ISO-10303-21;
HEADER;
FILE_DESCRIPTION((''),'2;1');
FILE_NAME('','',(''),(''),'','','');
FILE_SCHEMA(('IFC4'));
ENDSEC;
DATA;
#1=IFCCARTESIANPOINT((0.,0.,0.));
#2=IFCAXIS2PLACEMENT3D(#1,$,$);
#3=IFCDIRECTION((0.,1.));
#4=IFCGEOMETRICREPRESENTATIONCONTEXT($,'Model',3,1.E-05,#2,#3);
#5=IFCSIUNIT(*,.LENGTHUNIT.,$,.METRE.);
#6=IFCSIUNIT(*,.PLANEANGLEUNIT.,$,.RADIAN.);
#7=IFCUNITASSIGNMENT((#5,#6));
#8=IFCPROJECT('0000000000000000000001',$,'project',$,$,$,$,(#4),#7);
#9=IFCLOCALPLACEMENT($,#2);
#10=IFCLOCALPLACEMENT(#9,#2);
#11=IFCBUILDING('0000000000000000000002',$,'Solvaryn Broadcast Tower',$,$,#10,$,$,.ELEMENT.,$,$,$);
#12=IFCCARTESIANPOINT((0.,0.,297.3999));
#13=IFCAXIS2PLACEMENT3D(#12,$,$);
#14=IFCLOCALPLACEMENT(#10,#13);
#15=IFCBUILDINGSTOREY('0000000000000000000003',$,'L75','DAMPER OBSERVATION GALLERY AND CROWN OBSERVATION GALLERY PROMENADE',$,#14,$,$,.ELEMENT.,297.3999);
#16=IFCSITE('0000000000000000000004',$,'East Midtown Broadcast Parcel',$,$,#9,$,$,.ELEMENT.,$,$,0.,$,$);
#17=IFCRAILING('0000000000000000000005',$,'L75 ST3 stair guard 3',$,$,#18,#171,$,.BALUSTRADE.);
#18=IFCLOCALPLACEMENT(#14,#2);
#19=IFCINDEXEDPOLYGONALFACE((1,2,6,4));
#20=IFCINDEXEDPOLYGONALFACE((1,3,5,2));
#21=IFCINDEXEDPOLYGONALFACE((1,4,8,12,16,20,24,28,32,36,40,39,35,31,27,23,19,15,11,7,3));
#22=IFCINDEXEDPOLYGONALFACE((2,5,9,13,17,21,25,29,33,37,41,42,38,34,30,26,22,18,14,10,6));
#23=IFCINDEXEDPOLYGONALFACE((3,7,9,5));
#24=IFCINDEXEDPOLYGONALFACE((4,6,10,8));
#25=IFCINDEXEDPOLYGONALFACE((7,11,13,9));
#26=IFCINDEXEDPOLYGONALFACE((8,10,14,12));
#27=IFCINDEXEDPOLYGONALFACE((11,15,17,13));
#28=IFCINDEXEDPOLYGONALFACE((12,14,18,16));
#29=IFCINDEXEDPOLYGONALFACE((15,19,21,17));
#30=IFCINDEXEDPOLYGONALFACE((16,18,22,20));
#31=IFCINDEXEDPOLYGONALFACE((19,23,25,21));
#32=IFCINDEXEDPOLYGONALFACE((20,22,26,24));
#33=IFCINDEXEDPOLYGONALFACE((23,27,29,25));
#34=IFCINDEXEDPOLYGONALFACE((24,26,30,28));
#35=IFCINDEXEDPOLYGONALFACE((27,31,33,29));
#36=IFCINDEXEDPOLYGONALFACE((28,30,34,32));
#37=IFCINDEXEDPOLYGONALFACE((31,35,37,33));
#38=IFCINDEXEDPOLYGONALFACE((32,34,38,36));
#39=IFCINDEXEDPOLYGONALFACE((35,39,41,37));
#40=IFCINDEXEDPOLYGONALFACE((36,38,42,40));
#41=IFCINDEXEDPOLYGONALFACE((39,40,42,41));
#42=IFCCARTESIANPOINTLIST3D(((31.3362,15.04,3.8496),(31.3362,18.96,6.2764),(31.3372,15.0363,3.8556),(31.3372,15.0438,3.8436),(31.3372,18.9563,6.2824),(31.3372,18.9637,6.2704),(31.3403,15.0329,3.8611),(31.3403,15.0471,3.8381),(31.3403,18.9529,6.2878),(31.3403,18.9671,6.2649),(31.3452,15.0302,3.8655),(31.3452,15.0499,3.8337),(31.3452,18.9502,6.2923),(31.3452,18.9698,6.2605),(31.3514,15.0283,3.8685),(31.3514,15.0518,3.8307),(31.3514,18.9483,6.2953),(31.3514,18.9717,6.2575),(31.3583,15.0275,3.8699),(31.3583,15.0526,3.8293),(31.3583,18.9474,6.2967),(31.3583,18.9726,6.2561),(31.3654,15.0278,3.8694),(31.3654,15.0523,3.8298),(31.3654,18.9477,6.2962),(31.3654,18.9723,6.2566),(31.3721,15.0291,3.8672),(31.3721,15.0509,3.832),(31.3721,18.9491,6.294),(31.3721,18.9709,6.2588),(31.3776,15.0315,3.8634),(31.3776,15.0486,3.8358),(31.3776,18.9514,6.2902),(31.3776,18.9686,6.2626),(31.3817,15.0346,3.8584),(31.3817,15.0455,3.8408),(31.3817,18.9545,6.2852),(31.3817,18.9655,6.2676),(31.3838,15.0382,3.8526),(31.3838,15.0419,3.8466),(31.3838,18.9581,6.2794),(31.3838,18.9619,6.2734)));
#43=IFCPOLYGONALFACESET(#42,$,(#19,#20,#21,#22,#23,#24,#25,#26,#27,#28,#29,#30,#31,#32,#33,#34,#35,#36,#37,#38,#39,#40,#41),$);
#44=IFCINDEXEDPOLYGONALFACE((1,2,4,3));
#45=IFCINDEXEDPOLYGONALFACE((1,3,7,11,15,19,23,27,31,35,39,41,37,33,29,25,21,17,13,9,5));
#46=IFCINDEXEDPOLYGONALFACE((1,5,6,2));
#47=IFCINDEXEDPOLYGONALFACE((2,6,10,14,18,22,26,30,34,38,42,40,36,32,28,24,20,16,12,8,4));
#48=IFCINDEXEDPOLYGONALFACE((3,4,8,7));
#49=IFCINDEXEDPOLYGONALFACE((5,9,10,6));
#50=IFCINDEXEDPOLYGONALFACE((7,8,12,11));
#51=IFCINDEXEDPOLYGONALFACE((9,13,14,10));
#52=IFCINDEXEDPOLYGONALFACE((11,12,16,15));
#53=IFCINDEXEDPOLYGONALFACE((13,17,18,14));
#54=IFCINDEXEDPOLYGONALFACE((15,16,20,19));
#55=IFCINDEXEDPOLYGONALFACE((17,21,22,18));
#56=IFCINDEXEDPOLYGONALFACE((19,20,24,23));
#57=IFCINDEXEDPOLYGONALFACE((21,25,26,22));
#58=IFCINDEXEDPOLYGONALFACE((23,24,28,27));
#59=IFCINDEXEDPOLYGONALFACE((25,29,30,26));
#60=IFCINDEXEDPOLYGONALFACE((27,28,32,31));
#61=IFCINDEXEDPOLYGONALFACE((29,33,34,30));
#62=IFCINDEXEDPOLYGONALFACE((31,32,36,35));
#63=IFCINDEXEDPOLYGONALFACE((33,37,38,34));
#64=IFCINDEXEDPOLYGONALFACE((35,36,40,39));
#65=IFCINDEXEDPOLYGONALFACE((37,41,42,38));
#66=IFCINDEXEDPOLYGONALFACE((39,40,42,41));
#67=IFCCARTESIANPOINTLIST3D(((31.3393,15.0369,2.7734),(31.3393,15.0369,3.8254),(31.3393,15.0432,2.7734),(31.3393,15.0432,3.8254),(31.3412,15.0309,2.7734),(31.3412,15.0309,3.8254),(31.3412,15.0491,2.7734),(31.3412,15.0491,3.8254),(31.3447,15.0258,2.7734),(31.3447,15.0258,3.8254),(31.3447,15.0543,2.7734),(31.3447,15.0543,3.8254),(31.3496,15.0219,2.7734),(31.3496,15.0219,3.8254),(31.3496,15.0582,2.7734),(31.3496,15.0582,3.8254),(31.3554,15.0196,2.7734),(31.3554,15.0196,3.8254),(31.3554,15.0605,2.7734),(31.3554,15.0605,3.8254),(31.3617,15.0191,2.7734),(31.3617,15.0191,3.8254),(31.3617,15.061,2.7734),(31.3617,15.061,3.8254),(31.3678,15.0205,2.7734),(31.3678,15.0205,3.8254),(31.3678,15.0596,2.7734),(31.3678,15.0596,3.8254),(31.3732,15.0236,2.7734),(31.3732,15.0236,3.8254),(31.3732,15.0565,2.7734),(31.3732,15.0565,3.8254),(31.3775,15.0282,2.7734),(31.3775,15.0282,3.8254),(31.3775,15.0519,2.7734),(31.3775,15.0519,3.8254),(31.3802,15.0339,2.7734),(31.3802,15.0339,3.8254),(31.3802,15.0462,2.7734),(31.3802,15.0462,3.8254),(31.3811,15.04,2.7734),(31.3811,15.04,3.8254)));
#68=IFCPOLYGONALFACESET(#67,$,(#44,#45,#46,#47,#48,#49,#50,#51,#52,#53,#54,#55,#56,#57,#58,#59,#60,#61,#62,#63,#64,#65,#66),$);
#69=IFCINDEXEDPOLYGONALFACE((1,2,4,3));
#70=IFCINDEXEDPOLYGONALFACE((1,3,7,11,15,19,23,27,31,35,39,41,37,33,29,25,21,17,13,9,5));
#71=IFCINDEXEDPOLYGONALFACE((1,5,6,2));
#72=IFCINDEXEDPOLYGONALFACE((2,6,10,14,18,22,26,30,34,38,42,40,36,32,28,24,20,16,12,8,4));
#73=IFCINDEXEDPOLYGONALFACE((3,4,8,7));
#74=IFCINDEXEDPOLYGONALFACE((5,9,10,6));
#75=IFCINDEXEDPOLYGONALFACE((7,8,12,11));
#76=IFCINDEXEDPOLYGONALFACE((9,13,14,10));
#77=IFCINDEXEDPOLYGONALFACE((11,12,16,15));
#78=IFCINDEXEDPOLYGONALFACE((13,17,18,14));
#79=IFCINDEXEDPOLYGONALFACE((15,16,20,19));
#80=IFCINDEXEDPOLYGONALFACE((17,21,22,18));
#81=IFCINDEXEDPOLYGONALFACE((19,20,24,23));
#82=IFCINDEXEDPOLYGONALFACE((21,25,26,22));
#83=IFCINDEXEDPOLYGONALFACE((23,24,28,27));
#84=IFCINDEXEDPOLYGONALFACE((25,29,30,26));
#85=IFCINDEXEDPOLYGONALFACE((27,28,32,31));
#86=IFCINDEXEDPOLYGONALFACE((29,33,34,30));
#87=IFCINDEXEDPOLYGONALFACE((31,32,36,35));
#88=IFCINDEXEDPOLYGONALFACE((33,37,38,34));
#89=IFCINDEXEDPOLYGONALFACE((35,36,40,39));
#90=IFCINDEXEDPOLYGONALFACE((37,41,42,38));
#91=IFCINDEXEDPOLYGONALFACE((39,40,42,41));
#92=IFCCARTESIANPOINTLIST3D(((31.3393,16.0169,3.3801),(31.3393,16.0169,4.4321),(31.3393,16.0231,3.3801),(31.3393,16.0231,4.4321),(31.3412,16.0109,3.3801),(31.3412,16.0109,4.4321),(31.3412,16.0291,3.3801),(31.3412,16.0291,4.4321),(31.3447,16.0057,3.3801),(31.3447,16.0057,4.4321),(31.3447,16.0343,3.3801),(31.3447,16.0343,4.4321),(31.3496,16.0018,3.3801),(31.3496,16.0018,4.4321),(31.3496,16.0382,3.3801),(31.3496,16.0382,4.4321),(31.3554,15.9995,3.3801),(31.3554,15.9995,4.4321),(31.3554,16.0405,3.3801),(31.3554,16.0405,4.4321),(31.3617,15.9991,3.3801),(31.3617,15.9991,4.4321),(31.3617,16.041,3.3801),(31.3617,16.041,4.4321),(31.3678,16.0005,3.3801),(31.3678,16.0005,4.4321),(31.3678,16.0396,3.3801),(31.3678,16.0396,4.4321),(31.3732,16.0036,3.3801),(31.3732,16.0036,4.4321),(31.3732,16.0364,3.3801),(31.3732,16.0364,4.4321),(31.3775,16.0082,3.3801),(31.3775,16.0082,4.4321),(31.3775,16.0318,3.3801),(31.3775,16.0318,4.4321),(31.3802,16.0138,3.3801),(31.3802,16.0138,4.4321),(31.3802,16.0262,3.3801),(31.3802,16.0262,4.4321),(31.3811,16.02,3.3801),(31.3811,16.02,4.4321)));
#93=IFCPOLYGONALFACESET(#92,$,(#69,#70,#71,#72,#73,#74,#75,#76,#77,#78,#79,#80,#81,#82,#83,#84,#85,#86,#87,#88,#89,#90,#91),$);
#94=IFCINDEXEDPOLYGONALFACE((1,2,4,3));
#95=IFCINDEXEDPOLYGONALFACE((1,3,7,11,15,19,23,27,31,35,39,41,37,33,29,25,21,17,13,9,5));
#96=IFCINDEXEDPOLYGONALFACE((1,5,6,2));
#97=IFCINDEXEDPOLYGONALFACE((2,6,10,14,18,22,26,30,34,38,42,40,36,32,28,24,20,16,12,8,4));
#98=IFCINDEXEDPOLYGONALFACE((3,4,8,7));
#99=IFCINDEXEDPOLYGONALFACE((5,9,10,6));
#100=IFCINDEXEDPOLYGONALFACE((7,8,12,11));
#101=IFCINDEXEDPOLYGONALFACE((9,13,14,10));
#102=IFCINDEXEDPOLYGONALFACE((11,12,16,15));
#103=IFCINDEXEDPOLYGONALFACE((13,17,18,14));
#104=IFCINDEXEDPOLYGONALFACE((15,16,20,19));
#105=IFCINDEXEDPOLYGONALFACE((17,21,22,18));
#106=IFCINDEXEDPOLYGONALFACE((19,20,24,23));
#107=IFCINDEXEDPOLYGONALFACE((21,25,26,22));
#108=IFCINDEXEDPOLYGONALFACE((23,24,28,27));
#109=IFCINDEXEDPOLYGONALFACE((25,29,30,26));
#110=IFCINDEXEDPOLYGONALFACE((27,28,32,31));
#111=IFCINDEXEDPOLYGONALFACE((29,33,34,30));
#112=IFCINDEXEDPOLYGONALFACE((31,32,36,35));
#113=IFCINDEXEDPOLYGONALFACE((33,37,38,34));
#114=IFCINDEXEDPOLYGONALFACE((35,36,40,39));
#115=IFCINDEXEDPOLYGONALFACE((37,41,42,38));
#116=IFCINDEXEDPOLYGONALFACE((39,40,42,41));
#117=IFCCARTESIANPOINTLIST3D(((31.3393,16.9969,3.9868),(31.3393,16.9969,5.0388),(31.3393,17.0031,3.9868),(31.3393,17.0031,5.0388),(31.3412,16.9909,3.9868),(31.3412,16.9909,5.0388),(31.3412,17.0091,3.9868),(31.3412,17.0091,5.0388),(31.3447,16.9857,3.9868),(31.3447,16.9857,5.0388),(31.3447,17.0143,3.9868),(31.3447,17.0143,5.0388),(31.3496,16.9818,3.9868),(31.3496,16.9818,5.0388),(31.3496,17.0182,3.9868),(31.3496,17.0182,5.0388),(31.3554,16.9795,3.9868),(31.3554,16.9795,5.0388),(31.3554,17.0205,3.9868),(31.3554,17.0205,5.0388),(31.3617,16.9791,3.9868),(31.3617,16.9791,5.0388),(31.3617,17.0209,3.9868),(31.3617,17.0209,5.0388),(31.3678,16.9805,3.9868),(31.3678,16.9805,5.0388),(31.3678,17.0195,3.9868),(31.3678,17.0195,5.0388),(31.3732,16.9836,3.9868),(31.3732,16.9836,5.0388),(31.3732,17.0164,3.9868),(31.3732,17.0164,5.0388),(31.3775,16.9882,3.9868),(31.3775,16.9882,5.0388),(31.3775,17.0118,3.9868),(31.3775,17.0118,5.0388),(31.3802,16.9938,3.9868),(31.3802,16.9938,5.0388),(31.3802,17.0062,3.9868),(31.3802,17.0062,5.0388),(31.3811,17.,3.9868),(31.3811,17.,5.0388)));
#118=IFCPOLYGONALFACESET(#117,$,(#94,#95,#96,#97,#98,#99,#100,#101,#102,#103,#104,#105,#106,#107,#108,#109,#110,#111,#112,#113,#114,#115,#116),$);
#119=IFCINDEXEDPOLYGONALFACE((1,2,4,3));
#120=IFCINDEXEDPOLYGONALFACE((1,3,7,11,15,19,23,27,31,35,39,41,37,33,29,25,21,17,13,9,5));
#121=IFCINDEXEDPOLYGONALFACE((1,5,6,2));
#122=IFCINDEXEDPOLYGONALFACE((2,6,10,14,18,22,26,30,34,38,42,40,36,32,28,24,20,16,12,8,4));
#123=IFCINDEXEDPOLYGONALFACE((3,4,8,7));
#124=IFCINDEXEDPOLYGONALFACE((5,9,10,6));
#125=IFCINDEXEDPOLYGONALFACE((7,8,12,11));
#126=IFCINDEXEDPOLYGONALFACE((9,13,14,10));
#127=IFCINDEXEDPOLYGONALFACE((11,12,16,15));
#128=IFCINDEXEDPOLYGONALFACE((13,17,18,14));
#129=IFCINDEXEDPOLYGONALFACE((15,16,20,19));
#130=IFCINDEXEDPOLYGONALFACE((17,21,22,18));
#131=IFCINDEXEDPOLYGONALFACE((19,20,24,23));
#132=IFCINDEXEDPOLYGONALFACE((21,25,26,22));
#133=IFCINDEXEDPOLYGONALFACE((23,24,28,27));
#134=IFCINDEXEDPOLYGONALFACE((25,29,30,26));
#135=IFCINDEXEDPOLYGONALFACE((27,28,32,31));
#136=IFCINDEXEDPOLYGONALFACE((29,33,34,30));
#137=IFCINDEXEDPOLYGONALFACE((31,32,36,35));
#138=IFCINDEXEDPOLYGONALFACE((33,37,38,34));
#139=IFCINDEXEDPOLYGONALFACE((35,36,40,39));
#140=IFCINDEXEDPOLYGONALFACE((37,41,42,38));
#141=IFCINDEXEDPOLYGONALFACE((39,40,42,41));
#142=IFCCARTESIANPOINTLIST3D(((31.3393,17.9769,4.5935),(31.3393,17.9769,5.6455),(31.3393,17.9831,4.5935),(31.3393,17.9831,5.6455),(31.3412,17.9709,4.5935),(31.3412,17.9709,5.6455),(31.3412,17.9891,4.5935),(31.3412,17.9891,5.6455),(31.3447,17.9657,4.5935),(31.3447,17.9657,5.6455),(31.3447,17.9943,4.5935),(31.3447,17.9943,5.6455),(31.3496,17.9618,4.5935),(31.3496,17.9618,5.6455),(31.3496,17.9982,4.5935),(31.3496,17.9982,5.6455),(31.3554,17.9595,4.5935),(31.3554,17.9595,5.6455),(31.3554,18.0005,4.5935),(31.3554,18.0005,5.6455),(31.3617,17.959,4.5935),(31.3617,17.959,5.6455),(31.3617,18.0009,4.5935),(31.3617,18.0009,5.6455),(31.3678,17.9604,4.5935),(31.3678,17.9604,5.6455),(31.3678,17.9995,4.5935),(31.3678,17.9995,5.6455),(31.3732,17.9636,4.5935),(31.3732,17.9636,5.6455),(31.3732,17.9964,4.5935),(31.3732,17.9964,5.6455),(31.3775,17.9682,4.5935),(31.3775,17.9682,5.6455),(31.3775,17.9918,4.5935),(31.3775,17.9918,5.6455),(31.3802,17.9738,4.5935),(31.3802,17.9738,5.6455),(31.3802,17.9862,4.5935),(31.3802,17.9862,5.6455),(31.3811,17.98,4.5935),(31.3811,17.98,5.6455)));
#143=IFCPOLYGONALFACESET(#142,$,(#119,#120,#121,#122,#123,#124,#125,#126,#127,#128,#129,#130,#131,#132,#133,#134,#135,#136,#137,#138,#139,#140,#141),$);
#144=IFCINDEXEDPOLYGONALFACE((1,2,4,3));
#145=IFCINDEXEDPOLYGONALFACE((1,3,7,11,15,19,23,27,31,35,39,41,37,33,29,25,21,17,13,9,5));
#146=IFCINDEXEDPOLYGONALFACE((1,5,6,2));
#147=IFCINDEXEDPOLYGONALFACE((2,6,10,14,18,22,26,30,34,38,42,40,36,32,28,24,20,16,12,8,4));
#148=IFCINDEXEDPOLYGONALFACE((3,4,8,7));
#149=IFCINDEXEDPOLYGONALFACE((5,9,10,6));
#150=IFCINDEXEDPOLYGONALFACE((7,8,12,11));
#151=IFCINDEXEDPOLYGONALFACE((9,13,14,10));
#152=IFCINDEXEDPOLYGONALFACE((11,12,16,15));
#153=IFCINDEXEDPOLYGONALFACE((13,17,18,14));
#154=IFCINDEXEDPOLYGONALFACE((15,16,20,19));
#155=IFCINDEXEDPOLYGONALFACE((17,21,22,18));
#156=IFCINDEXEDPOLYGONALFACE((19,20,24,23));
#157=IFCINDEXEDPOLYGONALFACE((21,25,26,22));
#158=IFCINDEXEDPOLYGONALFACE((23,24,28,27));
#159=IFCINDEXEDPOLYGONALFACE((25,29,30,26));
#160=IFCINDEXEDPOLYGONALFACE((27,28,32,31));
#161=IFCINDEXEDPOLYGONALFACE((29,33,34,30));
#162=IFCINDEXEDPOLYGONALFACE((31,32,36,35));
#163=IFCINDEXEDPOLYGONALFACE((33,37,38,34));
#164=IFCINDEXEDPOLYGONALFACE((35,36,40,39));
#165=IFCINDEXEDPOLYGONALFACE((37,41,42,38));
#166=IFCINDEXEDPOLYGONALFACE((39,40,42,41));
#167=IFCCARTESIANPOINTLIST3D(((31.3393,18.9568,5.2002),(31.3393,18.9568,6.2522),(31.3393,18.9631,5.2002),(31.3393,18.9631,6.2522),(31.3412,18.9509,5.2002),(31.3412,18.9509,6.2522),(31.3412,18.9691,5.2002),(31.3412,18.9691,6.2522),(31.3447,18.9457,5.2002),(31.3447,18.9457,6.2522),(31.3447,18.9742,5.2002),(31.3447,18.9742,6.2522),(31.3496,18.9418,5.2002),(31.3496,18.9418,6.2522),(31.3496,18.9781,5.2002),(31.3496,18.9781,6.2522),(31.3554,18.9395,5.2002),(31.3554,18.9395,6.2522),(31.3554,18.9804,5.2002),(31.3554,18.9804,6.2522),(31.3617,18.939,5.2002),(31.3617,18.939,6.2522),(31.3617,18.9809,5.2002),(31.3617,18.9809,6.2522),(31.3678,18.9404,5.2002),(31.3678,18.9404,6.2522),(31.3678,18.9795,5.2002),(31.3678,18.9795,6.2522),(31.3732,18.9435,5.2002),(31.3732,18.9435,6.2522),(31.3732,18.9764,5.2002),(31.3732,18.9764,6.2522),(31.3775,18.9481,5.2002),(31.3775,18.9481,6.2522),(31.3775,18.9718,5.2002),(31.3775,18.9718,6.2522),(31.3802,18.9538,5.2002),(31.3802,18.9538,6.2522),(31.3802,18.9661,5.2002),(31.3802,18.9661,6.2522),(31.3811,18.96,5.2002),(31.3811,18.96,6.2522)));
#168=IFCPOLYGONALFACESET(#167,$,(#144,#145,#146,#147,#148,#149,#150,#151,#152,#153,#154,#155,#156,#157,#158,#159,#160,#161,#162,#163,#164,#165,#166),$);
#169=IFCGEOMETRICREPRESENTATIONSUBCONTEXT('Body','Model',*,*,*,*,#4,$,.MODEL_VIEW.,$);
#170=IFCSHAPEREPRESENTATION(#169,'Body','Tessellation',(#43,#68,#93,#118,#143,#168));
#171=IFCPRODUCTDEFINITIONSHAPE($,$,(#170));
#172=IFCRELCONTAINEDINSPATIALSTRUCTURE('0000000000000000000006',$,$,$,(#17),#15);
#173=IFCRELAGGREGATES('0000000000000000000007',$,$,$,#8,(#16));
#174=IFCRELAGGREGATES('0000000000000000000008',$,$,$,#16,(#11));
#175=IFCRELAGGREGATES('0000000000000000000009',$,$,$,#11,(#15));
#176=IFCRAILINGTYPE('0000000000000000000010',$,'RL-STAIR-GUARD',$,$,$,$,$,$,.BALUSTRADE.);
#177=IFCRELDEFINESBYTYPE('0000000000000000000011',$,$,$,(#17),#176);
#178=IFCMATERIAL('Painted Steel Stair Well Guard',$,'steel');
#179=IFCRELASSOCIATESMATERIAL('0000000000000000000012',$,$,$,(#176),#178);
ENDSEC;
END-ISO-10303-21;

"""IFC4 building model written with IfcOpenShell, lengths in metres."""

from ifc_helpers import new_model, si_unit, direction, frame, origin, origin_2d, place, context, subcontext, project, spatial, circle, extrude, material, type_object, element, save


model = new_model("IFC4")

# Units and contexts
model_context = context("Model", 3, precision=1e-05, world=origin(), true_north=direction((0.0, 1.0)))
body_context = subcontext(model_context, "Body", "Model", "MODEL_VIEW")
ifc_project = project(units=[si_unit("LENGTHUNIT", "METRE"), si_unit("PLANEANGLEUNIT", "RADIAN")], contexts=[model_context])

# Site, building, storey
site_placement = place(None, origin())
site = spatial("IfcSite", under=ifc_project, at=site_placement, Name="East Midtown Broadcast Parcel", CompositionType="ELEMENT", RefElevation=0.0)
building_placement = place(site_placement, origin())
building = spatial("IfcBuilding", under=site, at=building_placement, Name="Solvaryn Broadcast Tower", CompositionType="ELEMENT")
storey_placement = place(building_placement, frame((0.0, 0.0, 297.3999)))
storey = spatial("IfcBuildingStorey", under=building, at=storey_placement, Name="L75", Description="DAMPER OBSERVATION GALLERY AND CROWN OBSERVATION GALLERY PROMENADE", CompositionType="ELEMENT", Elevation=297.3999)

# Railing
ifc_material_1 = material(Name="Painted Steel Stair Well Guard", Category="steel")
railing_type_1 = type_object("IfcRailingType", Name="RL-STAIR-GUARD", PredefinedType="BALUSTRADE", material=ifc_material_1)
railing_1_placement = place(storey_placement, frame((31.3601, 15.04, 2.7734)))
element("IfcRailing", 1, at=railing_1_placement, inside=storey, type_object=railing_type_1, Name="L75 ST3 stair guard 3", PredefinedType="BALUSTRADE", context=body_context, shape_type="SweptSolid", body=[
    extrude(circle(Radius=0.0239, at=origin_2d()), frame((0.0, 0.0, 1.0762), z_axis=(0.0, 0.850252, 0.526376), x_axis=(-1.0, 0.0, 0.0)), (0.0, 0.0, 1.0), 4.6104),
    extrude(circle(Radius=0.021, at=origin_2d()), origin(), (0.0, 0.0, 1.0), 1.052),
    extrude(circle(Radius=0.021, at=origin_2d()), frame((0.0, 0.98, 0.6067)), (0.0, 0.0, 1.0), 1.052),
    extrude(circle(Radius=0.021, at=origin_2d()), frame((0.0, 1.96, 1.2134)), (0.0, 0.0, 1.0), 1.052),
    extrude(circle(Radius=0.021, at=origin_2d()), frame((0.0, 2.9399, 1.8201)), (0.0, 0.0, 1.0), 1.052),
    extrude(circle(Radius=0.021, at=origin_2d()), frame((0.0, 3.9199, 2.4268)), (0.0, 0.0, 1.0), 1.052),
])

save(model, "model.ifc")
